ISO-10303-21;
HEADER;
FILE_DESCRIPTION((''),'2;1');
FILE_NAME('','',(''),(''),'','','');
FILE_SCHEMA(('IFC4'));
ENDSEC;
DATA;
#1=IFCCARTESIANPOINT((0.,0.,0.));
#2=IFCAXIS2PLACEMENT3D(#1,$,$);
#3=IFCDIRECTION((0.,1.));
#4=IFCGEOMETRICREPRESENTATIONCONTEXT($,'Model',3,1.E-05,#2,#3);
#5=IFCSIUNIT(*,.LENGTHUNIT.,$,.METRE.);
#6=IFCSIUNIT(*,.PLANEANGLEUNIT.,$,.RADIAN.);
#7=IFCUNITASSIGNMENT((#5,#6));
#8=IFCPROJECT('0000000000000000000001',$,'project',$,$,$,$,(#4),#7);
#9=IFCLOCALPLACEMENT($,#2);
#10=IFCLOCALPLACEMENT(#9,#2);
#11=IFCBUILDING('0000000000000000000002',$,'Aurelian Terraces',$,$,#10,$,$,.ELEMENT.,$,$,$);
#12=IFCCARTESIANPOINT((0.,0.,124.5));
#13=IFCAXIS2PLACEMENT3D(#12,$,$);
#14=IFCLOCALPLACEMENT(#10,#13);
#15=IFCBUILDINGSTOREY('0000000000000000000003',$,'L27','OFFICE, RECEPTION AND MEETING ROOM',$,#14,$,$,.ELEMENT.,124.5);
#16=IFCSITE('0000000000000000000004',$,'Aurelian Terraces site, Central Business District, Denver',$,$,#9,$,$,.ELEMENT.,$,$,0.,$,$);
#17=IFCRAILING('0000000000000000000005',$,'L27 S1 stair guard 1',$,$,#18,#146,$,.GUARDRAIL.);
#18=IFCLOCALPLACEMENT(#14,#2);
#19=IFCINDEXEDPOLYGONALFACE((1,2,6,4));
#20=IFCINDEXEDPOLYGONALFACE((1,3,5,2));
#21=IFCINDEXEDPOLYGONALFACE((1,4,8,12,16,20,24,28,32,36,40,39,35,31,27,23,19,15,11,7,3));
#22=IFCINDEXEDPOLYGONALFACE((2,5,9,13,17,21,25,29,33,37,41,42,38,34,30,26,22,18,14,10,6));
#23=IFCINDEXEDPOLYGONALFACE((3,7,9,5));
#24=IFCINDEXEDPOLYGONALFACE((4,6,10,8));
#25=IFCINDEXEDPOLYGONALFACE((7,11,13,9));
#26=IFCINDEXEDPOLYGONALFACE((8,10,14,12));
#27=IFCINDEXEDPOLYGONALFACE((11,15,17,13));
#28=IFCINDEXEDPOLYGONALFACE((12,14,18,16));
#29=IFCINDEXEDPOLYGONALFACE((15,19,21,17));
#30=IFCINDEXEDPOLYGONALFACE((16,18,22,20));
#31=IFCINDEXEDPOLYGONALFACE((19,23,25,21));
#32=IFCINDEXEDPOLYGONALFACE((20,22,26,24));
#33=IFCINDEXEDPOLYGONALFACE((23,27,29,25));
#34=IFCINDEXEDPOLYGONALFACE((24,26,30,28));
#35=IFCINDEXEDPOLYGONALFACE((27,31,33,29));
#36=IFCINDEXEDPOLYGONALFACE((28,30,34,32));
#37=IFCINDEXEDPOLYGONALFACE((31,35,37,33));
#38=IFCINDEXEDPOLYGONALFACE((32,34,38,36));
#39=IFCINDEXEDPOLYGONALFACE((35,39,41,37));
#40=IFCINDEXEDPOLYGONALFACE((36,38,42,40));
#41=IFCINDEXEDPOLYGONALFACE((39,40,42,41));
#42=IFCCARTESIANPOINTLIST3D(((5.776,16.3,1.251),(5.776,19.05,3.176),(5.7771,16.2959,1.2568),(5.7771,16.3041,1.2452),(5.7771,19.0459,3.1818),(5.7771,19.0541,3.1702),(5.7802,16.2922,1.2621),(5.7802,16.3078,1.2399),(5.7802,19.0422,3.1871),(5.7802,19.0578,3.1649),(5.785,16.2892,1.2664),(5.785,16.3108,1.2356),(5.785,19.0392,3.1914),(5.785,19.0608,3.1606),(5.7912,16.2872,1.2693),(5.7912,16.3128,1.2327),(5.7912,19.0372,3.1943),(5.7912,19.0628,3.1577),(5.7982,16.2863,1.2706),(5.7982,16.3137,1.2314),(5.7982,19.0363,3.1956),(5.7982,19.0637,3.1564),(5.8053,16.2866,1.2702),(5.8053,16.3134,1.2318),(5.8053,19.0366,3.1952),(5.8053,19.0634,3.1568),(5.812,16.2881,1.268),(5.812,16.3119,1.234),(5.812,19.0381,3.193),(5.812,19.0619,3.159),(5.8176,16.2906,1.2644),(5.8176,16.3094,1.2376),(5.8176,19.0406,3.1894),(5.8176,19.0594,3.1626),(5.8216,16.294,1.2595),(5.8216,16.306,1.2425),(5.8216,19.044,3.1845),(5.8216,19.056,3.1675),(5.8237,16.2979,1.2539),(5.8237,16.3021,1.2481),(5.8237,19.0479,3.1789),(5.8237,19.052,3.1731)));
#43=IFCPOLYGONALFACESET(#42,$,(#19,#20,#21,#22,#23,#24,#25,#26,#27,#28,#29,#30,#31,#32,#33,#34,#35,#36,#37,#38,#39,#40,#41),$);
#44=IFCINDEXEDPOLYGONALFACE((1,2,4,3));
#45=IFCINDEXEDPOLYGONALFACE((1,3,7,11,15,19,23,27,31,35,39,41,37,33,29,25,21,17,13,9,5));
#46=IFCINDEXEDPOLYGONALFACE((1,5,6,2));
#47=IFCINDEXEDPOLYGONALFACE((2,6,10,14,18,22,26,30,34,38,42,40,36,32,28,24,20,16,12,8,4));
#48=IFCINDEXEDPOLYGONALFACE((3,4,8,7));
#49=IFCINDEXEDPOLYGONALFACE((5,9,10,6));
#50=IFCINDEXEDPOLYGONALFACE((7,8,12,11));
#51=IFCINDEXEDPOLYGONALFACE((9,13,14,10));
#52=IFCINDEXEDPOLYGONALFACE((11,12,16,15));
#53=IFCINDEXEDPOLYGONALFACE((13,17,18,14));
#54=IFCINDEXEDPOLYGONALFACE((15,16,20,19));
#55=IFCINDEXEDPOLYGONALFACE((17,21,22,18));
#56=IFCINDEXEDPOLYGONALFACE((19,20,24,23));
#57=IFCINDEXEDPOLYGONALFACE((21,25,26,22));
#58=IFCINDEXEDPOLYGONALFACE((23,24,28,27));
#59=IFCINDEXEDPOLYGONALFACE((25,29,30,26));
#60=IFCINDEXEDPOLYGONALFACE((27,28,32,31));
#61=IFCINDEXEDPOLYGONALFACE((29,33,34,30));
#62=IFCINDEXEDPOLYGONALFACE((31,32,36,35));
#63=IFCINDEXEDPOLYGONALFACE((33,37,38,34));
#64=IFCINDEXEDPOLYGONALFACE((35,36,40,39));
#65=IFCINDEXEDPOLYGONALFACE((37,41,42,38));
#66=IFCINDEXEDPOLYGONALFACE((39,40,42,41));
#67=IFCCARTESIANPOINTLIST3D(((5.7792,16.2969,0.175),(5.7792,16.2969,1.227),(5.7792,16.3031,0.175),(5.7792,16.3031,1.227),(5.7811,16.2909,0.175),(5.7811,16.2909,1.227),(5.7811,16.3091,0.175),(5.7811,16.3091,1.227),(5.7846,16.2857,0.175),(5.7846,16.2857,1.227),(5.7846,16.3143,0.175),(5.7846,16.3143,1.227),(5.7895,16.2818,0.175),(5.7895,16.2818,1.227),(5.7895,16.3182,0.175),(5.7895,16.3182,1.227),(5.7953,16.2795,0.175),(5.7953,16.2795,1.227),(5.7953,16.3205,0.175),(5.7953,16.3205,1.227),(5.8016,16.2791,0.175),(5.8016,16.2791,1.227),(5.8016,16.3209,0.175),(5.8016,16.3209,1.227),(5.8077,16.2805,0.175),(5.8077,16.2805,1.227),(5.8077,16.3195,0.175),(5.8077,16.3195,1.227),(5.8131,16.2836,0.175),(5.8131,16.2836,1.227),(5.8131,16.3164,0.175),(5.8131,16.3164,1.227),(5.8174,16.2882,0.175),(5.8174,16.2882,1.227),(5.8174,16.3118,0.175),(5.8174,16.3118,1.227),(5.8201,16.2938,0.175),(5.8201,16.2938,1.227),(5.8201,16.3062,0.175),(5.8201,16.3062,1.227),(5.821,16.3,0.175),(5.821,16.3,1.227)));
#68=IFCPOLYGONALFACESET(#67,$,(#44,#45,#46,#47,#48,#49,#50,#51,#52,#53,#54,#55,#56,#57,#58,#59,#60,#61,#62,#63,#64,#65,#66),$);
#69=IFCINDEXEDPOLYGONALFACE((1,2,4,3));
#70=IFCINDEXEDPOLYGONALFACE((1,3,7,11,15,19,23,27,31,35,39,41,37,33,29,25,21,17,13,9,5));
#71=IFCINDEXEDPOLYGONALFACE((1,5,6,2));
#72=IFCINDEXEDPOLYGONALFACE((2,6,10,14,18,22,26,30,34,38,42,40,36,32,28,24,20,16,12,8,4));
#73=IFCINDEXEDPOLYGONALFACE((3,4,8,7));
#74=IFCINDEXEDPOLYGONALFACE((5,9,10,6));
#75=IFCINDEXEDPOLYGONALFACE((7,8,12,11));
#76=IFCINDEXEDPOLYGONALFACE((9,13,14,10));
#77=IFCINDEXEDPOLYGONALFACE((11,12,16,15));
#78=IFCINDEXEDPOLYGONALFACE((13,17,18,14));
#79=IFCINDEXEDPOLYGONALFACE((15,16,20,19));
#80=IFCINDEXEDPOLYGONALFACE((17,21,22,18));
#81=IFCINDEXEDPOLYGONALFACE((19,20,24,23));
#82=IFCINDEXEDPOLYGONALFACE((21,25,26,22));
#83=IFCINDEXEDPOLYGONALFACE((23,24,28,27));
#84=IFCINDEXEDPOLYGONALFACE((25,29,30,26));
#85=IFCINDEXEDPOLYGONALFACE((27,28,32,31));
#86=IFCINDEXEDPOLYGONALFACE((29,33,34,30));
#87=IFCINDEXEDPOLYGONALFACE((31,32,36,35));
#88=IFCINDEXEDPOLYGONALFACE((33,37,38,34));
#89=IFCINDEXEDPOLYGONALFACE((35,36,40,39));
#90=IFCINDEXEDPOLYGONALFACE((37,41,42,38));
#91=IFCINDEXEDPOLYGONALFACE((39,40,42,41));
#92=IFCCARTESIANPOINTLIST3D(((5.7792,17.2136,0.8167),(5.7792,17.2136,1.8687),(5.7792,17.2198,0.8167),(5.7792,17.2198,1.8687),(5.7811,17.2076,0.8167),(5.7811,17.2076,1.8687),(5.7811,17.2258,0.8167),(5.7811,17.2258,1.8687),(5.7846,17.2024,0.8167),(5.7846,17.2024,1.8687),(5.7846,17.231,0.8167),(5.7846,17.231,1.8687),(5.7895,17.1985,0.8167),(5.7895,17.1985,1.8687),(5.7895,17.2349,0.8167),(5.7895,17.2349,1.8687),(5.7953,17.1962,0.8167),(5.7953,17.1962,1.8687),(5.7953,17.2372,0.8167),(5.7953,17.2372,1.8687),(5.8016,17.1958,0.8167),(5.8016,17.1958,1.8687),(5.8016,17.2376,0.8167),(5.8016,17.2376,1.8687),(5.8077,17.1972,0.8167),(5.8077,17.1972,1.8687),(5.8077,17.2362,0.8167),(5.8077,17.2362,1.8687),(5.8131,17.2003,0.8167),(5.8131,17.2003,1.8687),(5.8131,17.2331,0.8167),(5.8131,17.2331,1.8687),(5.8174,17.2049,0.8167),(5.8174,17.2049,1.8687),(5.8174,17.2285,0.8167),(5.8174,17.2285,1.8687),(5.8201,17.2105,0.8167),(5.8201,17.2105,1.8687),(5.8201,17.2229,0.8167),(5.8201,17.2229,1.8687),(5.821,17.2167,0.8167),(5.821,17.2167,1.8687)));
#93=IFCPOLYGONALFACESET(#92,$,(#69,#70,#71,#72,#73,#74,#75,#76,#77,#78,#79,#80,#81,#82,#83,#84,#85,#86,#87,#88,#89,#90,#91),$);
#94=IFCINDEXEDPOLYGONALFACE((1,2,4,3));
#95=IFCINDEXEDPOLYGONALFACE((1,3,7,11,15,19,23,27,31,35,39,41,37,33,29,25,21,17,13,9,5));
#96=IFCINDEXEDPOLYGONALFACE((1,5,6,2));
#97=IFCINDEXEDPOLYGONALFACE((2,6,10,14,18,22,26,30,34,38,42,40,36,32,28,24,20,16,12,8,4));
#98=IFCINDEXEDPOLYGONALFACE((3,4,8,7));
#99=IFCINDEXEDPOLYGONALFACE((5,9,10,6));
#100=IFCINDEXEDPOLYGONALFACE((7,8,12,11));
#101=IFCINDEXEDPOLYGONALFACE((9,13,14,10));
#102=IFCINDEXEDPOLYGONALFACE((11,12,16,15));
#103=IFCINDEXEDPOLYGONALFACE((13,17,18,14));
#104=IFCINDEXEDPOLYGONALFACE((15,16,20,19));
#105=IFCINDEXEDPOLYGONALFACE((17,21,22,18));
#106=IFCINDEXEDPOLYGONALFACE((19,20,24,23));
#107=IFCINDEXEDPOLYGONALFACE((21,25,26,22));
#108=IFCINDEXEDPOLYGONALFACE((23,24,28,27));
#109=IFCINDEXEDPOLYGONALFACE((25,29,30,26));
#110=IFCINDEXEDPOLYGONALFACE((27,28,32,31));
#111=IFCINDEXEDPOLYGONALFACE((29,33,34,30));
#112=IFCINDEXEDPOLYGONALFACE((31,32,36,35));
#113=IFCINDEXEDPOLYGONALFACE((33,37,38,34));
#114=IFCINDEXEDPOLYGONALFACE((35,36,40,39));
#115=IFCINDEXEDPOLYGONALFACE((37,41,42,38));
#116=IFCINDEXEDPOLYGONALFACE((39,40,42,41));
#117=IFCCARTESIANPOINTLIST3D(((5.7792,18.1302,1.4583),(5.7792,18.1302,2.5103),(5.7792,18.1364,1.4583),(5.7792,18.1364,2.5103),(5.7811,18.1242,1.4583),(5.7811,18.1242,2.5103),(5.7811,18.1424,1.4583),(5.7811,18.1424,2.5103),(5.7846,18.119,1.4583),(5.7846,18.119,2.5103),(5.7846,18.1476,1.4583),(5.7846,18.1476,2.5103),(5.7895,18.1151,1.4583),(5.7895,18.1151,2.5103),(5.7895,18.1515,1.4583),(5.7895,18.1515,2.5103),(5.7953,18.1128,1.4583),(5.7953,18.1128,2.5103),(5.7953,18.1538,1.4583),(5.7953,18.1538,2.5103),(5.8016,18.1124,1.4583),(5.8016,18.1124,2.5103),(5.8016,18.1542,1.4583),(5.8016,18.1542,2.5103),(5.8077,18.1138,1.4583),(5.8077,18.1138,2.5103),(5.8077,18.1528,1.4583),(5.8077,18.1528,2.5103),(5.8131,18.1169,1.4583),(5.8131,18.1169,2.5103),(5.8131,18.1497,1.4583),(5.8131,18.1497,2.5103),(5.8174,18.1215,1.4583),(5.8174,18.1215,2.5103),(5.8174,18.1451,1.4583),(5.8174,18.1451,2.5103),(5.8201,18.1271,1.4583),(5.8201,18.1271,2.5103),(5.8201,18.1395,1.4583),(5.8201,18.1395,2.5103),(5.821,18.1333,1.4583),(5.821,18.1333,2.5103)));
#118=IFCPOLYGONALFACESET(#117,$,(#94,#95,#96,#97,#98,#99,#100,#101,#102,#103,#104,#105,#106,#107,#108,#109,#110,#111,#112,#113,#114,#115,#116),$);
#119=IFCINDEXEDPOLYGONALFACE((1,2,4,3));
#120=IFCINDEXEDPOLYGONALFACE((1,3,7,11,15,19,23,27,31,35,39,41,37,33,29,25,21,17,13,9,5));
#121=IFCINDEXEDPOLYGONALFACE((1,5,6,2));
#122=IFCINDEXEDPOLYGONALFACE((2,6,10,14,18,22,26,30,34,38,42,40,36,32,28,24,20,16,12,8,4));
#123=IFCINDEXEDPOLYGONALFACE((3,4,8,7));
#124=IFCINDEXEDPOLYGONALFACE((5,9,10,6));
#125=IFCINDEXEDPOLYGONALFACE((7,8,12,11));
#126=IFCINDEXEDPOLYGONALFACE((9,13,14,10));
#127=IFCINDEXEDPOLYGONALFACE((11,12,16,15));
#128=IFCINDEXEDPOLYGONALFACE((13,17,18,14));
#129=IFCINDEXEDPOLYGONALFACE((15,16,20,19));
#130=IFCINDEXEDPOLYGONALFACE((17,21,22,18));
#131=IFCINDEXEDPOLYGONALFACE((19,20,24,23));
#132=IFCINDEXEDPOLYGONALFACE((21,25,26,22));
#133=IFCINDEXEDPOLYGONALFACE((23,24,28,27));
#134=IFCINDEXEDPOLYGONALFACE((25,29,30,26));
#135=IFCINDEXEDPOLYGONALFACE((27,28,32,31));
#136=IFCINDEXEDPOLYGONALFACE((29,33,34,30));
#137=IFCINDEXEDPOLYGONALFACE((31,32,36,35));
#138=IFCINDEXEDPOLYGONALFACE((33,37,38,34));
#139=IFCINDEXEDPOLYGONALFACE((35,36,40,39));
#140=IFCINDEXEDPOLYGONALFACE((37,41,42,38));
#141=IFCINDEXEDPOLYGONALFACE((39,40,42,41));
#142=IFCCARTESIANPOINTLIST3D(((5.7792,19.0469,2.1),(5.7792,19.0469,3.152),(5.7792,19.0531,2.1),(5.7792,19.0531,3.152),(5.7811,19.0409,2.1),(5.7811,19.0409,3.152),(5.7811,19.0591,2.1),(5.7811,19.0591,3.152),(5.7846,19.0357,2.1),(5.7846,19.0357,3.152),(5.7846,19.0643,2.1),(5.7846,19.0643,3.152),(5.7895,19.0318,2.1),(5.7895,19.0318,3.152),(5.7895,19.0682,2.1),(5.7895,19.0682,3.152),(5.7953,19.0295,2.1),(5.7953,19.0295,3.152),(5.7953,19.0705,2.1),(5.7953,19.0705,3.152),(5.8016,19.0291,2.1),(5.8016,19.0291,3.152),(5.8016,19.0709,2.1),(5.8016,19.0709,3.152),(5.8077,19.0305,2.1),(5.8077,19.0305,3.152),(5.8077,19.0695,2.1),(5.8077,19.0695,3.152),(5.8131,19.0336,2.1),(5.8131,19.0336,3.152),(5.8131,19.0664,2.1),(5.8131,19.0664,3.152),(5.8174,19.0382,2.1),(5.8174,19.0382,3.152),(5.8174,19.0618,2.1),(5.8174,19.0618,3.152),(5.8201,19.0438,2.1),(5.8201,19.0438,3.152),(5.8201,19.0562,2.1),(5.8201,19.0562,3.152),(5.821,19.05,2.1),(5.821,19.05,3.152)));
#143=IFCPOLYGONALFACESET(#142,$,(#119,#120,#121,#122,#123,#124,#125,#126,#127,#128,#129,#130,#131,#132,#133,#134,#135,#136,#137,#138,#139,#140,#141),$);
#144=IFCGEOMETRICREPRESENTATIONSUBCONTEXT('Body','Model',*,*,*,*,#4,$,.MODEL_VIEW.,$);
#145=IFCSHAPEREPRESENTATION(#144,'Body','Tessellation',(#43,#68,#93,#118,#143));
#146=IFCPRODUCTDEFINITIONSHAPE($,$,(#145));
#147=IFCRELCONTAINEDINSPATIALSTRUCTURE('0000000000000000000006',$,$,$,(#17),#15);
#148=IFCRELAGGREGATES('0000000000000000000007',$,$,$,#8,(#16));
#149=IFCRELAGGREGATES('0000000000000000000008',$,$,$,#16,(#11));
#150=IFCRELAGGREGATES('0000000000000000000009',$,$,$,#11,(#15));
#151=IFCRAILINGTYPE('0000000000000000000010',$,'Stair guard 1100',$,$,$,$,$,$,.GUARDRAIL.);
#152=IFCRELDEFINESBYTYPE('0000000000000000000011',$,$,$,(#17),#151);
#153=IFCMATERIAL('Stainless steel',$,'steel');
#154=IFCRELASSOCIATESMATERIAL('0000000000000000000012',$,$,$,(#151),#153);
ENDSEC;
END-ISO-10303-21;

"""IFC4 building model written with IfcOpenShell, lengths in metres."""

from ifc_helpers import new_model, si_unit, direction, frame, origin, origin_2d, place, context, subcontext, project, spatial, circle, extrude, source, transform, mapped, material, type_object, element, save


model = new_model("IFC4")

# Units and contexts
model_context = context("Model", 3, precision=1e-05, world=origin(), true_north=direction((0.0, 1.0)))
body_context = subcontext(model_context, "Body", "Model", "MODEL_VIEW")
ifc_project = project(units=[si_unit("LENGTHUNIT", "METRE"), si_unit("PLANEANGLEUNIT", "RADIAN")], contexts=[model_context])

# Site, building, storey
site_placement = place(None, origin())
site = spatial("IfcSite", under=ifc_project, at=site_placement, Name="Aurelian Terraces site, Central Business District, Denver", CompositionType="ELEMENT", RefElevation=0.0)
building_placement = place(site_placement, origin())
building = spatial("IfcBuilding", under=site, at=building_placement, Name="Aurelian Terraces", CompositionType="ELEMENT")
storey_placement = place(building_placement, frame((0.0, 0.0, 124.5)))
storey = spatial("IfcBuildingStorey", under=building, at=storey_placement, Name="L27", Description="OFFICE, RECEPTION AND MEETING ROOM", CompositionType="ELEMENT", Elevation=124.5)

# Railing
ifc_material_1 = material(Name="Stainless steel", Category="steel")
railing_type_1 = type_object("IfcRailingType", Name="Stair guard 1100", PredefinedType="GUARDRAIL", material=ifc_material_1)
shared_shape_1 = source(origin(), body_context, "Body", "SweptSolid", [
    extrude(circle(Radius=0.024, at=origin_2d()), frame((0.0, 0.0, 1.076), z_axis=(0.0, 0.819232, 0.573462), x_axis=(-1.0, 0.0, 0.0)), (0.0, 0.0, 1.0), 3.3568),
    extrude(circle(Radius=0.021, at=origin_2d()), origin(), (0.0, 0.0, 1.0), 1.052),
    extrude(circle(Radius=0.021, at=origin_2d()), frame((0.0, 0.9167, 0.6417)), (0.0, 0.0, 1.0), 1.052),
    extrude(circle(Radius=0.021, at=origin_2d()), frame((0.0, 1.8333, 1.2833)), (0.0, 0.0, 1.0), 1.052),
    extrude(circle(Radius=0.021, at=origin_2d()), frame((0.0, 2.75, 1.925)), (0.0, 0.0, 1.0), 1.052),
])
railing_1_placement = place(storey_placement, frame((5.8, 16.3, 0.175)))
element("IfcRailing", 1, at=railing_1_placement, inside=storey, type_object=railing_type_1, Name="L27 S1 stair guard 1", PredefinedType="GUARDRAIL", context=body_context, shape_type="MappedRepresentation", body=[
    mapped(shared_shape_1, transform((0.0, 0.0, 0.0), scale=1.0)),
])

save(model, "model.ifc")
